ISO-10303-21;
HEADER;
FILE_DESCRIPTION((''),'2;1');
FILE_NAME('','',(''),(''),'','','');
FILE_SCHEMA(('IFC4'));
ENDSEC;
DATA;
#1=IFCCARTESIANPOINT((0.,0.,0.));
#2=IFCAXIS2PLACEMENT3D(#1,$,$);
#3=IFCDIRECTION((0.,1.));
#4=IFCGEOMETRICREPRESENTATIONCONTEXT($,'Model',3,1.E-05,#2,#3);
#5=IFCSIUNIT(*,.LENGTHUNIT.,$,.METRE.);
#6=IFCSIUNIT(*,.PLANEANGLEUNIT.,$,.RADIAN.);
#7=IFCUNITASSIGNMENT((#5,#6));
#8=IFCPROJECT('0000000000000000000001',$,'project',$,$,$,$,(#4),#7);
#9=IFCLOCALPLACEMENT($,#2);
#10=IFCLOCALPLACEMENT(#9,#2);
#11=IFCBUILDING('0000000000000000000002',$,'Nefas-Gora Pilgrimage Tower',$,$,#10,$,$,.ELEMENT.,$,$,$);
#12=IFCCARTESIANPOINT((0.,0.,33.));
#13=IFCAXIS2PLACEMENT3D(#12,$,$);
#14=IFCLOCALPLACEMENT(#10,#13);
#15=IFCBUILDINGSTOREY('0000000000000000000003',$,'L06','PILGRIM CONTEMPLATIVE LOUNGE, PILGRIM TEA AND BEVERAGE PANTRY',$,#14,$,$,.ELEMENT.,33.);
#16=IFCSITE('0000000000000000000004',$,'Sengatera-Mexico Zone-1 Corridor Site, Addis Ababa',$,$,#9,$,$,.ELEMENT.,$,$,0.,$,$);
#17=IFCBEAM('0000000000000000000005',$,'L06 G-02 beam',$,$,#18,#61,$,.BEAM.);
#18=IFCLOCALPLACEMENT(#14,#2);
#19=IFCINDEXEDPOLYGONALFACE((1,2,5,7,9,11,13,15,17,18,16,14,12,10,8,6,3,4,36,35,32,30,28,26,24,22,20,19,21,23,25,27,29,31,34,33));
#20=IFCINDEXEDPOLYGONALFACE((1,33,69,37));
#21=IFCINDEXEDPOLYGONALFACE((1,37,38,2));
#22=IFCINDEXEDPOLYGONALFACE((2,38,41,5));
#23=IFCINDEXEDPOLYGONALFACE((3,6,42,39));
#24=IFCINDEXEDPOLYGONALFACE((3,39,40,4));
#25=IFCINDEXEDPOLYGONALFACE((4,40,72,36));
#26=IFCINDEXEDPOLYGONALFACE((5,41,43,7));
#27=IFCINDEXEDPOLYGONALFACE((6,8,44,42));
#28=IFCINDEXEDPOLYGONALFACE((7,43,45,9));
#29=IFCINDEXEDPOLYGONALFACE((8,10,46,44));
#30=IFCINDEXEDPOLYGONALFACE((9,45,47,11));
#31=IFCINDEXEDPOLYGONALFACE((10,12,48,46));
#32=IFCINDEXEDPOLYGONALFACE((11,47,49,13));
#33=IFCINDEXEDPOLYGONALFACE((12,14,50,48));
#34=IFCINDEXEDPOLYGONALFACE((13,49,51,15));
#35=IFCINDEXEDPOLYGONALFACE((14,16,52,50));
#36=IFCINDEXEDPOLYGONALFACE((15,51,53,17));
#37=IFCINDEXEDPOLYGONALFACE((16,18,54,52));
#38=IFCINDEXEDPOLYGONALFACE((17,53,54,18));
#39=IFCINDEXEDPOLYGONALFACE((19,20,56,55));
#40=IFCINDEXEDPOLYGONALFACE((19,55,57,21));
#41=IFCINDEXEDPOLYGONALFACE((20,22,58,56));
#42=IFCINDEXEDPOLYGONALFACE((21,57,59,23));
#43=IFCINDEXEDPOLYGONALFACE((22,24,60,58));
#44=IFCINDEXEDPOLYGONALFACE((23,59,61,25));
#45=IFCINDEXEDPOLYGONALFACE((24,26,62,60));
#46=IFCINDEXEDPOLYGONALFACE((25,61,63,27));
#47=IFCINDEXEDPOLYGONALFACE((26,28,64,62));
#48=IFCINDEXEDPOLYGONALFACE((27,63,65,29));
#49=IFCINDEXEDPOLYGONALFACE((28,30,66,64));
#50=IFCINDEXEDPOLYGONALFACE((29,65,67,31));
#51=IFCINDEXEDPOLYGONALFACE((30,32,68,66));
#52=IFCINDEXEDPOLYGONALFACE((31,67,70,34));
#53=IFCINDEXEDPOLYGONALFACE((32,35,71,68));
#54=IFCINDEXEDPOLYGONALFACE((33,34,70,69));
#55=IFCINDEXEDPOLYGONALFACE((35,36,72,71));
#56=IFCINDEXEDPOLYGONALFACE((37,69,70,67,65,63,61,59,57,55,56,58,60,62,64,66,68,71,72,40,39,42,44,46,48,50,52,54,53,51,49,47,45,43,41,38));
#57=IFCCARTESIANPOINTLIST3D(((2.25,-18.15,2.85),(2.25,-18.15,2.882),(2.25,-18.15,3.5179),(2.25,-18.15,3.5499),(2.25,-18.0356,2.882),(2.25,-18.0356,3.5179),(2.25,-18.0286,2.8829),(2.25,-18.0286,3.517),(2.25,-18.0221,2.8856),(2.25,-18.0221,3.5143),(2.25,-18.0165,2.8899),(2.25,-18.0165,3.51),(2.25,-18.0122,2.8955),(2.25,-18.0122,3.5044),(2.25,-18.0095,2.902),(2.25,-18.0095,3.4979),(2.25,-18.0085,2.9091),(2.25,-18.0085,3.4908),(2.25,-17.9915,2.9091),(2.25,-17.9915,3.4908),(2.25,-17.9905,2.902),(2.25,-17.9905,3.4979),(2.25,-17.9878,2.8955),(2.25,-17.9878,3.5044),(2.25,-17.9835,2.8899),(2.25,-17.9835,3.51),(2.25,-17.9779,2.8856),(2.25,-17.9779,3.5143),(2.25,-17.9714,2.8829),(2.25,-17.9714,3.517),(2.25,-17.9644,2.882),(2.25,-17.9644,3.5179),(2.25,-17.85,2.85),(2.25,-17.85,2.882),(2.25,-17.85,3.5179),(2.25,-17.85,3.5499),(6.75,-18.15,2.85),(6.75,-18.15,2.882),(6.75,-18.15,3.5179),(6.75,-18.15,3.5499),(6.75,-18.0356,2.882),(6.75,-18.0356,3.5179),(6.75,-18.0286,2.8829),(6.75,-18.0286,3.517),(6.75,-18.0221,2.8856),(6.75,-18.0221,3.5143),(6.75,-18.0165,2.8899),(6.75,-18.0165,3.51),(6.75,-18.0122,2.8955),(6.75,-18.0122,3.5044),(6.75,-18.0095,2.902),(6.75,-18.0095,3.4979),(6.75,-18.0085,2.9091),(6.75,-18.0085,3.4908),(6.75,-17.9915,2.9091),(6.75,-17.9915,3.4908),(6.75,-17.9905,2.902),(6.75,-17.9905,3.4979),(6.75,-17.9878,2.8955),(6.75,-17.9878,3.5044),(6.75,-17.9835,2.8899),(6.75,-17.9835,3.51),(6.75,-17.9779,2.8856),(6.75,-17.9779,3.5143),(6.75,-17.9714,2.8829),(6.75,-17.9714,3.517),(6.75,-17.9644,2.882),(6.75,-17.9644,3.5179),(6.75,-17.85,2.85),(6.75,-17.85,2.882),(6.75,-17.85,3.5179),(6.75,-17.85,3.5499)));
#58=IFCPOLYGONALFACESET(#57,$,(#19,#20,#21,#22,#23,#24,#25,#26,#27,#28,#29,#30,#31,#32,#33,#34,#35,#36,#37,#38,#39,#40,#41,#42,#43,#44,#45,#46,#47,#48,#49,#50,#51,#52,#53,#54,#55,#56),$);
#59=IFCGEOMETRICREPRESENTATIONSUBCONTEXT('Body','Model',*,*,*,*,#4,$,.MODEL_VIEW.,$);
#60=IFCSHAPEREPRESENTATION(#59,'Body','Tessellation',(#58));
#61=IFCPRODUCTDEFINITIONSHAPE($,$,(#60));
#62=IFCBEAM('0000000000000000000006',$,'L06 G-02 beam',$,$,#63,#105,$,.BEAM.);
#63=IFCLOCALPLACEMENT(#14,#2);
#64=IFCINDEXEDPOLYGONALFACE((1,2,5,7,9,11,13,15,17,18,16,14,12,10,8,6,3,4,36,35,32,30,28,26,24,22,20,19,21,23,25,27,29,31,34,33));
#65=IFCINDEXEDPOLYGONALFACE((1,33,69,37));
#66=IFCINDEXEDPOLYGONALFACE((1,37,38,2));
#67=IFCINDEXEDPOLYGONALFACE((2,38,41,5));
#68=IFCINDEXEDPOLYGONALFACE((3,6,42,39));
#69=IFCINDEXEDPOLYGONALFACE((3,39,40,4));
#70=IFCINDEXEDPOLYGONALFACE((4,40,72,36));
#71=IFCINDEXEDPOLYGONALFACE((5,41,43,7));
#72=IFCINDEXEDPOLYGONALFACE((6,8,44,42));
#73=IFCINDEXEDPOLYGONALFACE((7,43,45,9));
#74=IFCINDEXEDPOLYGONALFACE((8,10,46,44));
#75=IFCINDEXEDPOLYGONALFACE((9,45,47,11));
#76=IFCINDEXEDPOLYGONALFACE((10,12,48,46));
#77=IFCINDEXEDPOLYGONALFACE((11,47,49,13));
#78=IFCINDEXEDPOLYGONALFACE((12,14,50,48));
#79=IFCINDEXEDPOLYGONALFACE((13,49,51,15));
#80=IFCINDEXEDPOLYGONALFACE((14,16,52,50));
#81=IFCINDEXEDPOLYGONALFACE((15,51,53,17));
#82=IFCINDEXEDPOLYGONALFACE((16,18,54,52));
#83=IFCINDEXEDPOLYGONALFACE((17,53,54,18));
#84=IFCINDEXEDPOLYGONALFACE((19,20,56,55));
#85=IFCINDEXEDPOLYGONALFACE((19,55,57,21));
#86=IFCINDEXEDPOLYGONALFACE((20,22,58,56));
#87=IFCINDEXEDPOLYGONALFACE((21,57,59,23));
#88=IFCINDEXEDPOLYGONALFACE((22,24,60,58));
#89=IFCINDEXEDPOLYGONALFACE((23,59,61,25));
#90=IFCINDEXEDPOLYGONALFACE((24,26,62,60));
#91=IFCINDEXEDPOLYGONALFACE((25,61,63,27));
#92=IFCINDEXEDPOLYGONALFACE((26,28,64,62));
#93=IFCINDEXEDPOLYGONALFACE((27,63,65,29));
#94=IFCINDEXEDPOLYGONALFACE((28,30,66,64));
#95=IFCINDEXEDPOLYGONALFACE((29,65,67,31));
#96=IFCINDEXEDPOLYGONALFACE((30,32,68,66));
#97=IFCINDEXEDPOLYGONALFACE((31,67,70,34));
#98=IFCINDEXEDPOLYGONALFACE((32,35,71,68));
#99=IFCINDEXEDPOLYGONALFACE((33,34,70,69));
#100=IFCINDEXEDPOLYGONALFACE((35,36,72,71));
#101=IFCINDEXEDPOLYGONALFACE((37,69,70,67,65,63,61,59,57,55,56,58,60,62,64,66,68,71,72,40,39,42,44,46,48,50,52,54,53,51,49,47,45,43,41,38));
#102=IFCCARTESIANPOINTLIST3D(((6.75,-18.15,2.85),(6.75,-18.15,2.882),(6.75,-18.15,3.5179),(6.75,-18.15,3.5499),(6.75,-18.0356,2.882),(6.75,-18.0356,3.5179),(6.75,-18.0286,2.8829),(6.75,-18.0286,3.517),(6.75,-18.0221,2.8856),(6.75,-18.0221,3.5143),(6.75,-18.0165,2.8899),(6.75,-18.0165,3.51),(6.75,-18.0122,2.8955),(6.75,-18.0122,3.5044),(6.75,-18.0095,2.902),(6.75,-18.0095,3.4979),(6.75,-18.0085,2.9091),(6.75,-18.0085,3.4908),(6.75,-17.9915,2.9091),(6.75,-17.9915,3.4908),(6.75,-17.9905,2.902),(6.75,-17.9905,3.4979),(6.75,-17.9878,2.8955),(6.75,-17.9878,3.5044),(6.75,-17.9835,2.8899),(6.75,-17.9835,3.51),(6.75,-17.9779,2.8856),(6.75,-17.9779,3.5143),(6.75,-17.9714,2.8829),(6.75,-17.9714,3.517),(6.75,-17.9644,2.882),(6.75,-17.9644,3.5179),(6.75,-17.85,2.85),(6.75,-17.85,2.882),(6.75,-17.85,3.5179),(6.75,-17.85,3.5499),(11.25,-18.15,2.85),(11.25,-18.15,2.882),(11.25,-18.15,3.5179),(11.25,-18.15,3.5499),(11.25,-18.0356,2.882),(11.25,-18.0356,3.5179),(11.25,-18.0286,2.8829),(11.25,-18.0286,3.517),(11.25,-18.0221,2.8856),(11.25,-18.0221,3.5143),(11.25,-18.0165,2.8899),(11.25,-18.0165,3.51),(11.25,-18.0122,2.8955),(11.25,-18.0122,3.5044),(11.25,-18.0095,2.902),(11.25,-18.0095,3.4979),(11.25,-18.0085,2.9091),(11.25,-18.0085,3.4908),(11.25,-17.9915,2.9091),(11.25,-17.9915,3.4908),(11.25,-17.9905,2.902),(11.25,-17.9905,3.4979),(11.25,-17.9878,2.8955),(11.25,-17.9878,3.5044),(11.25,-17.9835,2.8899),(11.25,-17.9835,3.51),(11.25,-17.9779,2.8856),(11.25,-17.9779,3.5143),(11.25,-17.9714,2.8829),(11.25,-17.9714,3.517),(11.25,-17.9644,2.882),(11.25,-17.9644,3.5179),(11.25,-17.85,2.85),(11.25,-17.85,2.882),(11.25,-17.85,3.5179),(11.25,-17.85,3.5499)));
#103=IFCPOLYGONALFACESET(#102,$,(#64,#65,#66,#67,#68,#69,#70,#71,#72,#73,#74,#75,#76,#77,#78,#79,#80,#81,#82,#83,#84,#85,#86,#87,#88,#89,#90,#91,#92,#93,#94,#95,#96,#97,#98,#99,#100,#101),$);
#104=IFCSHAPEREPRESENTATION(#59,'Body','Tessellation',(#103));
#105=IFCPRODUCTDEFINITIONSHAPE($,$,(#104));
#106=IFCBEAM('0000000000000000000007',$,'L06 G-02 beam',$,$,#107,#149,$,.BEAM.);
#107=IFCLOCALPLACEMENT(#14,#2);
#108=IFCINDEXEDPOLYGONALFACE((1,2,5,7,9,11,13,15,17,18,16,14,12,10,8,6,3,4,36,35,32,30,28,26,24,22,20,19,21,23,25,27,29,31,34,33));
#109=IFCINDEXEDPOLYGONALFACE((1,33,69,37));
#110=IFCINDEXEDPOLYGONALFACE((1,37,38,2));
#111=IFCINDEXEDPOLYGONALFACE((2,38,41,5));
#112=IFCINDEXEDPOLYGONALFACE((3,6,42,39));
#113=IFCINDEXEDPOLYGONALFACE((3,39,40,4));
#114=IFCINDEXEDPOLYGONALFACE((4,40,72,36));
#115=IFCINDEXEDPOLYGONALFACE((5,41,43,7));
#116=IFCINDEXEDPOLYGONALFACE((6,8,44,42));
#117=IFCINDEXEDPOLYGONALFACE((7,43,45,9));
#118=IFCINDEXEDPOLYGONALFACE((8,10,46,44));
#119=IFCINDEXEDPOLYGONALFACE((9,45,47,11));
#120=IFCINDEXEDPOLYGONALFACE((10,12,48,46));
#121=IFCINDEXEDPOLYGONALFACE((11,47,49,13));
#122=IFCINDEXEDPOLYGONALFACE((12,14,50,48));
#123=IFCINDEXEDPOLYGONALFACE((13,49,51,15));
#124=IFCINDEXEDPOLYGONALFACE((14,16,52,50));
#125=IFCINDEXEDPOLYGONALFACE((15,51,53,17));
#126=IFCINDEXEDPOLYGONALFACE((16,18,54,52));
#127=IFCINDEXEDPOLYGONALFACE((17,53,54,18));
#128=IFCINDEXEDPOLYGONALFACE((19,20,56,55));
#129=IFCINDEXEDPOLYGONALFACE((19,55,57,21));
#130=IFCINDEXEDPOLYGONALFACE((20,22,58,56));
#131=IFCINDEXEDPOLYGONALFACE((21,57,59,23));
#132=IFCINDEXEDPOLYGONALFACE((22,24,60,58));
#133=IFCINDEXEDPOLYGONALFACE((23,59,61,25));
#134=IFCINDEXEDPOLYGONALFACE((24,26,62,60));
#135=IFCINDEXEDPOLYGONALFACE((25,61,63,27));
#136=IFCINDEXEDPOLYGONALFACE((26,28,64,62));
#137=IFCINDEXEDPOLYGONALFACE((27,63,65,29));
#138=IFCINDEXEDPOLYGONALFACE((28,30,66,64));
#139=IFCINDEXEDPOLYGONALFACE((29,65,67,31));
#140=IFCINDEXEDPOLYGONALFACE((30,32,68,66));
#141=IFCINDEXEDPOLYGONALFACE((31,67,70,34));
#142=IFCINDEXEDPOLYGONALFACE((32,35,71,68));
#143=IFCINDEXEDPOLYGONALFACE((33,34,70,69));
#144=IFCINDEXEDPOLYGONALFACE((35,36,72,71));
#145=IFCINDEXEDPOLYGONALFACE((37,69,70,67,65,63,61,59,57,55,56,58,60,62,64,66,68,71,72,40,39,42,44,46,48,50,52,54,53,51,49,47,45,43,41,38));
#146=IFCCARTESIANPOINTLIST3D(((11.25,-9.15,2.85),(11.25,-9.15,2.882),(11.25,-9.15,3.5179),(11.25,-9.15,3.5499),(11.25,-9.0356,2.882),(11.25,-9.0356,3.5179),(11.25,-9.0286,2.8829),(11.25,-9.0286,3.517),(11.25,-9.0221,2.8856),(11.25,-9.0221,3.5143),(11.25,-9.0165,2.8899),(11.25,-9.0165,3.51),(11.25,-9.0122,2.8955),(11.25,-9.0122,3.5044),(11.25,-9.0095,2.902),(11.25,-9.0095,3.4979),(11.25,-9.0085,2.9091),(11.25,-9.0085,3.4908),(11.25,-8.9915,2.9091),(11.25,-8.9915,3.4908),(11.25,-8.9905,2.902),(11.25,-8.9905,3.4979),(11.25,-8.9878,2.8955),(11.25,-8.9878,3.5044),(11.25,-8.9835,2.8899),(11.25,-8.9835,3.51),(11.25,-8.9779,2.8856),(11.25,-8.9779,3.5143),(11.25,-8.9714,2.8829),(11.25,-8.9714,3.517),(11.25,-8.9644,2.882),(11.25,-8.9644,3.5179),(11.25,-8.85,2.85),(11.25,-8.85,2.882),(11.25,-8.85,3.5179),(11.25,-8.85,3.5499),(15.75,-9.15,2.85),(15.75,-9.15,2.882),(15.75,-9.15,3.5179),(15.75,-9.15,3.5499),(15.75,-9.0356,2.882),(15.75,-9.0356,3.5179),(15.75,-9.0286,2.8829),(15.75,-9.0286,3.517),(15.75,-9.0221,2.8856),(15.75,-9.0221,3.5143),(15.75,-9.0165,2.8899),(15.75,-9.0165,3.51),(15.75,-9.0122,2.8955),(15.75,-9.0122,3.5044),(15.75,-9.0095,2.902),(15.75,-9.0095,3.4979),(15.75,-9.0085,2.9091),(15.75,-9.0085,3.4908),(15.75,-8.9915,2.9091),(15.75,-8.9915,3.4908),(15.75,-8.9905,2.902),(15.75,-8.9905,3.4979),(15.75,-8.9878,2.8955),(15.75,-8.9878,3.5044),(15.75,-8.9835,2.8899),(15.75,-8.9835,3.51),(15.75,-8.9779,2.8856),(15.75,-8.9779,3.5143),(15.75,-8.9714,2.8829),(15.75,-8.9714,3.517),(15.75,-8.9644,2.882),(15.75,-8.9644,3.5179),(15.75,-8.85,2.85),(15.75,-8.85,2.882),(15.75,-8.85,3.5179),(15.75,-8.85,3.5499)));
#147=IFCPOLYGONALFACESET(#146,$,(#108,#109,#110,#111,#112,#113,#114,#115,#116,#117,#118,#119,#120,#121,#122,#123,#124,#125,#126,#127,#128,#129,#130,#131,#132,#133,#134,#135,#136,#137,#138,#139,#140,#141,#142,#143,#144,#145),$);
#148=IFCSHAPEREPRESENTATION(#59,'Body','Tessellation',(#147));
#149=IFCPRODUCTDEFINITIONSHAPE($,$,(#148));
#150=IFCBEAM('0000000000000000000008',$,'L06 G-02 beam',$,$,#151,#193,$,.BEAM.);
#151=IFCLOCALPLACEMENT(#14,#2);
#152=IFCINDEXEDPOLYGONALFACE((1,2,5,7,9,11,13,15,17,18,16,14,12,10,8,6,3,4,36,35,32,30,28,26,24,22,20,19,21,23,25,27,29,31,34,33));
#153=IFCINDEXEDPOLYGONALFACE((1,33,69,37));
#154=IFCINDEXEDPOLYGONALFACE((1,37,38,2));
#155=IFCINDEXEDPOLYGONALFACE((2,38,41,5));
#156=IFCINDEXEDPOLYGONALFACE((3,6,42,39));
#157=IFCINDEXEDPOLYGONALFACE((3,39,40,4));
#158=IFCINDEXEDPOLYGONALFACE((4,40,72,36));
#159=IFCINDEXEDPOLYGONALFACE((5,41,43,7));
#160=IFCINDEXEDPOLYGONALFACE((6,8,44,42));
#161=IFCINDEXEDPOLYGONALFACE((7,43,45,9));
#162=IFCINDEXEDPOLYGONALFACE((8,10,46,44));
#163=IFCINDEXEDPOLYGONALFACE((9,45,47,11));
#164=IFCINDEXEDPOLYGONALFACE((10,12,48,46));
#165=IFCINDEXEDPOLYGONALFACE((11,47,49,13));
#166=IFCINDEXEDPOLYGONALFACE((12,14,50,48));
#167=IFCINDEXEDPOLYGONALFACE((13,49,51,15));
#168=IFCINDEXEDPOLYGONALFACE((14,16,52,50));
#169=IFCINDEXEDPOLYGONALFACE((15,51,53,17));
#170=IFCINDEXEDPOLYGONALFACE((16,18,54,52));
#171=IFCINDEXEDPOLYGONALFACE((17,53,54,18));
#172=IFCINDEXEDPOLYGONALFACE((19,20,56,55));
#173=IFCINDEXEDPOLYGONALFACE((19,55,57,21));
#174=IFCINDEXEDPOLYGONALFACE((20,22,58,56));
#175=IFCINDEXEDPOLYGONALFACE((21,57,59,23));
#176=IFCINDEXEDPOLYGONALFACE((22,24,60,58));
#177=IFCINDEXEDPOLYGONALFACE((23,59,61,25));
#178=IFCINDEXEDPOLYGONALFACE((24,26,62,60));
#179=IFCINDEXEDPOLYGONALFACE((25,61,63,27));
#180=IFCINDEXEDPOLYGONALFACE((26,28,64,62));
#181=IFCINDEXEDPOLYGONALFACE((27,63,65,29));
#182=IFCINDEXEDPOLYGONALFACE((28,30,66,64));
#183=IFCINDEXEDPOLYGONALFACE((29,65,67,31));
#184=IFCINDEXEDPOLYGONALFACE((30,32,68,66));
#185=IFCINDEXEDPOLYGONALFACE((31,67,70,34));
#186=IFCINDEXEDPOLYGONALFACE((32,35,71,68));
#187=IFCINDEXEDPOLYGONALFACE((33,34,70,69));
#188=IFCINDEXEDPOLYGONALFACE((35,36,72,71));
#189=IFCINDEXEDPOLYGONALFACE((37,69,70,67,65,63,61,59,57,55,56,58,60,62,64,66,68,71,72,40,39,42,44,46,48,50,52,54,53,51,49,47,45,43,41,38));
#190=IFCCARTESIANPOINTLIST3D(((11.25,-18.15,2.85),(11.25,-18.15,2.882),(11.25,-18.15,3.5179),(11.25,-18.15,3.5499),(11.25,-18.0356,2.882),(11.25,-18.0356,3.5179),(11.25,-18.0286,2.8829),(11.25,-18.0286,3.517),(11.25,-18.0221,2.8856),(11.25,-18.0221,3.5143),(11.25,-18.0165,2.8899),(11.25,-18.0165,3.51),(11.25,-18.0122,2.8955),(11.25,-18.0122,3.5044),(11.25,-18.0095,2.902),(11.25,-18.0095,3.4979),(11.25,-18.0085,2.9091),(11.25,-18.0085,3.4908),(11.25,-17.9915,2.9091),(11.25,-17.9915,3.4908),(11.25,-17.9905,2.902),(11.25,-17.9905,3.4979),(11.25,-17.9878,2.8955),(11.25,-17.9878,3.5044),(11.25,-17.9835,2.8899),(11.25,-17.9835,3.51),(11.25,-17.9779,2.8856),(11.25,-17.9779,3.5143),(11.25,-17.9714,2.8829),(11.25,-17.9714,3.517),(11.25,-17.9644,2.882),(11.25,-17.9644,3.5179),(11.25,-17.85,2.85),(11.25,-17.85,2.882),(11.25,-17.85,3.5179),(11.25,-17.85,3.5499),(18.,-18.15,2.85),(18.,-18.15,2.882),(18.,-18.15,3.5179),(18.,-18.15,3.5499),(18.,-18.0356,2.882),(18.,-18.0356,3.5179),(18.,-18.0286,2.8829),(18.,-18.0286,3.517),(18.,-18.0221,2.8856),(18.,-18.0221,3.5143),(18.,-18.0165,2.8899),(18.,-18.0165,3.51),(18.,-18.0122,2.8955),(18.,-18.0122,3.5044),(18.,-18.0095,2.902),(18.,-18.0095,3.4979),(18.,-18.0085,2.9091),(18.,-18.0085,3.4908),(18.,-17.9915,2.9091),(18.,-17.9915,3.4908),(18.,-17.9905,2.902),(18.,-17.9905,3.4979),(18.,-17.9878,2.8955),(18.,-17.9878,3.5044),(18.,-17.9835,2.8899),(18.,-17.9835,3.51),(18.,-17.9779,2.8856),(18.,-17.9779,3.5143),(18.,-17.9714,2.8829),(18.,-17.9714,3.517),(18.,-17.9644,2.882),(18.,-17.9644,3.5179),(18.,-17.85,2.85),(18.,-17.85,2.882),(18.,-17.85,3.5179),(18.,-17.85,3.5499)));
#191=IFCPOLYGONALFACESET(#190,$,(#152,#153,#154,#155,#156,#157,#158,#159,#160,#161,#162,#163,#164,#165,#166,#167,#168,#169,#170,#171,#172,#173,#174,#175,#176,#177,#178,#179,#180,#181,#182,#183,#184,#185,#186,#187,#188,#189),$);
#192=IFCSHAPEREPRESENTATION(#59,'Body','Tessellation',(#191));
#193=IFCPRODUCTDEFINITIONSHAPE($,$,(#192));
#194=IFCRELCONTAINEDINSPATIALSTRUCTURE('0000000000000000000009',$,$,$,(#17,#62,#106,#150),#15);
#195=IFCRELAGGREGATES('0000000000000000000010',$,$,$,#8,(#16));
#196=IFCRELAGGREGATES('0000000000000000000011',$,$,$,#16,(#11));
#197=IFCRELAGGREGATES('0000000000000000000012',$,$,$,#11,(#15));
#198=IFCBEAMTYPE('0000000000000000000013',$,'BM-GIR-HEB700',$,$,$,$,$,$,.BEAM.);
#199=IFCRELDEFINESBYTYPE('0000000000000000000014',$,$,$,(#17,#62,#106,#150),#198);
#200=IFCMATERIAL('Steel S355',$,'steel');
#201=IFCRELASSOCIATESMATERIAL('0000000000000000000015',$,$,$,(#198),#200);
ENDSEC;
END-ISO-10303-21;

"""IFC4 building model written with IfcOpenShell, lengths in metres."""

from ifc_helpers import new_model, si_unit, direction, frame, origin, origin_2d, place, context, subcontext, project, spatial, i_section, extrude, source, transform, mapped, material, material_profile, profile_set, type_object, element, save


model = new_model("IFC4")

# Units and contexts
model_context = context("Model", 3, precision=1e-05, world=origin(), true_north=direction((0.0, 1.0)))
body_context = subcontext(model_context, "Body", "Model", "MODEL_VIEW")
ifc_project = project(units=[si_unit("LENGTHUNIT", "METRE"), si_unit("PLANEANGLEUNIT", "RADIAN")], contexts=[model_context])

# Site, building, storey
site_placement = place(None, origin())
site = spatial("IfcSite", under=ifc_project, at=site_placement, Name="Sengatera-Mexico Zone-1 Corridor Site, Addis Ababa", CompositionType="ELEMENT", RefElevation=0.0)
building_placement = place(site_placement, origin())
building = spatial("IfcBuilding", under=site, at=building_placement, Name="Nefas-Gora Pilgrimage Tower", CompositionType="ELEMENT")
storey_placement = place(building_placement, frame((0.0, 0.0, 33.0)))
storey = spatial("IfcBuildingStorey", under=building, at=storey_placement, Name="L06", Description="PILGRIM CONTEMPLATIVE LOUNGE, PILGRIM TEA AND BEVERAGE PANTRY", CompositionType="ELEMENT", Elevation=33.0)

# Beams
ifc_material_1 = material(Name="Steel S355", Category="steel")
ifc_material_profile_1 = material_profile(ifc_material_1, i_section(OverallWidth=0.3, OverallDepth=0.7, WebThickness=0.0171, FlangeThickness=0.032, FilletRadius=0.0271, at=origin_2d()), Name="HEB 700")
ifc_profile_set_1 = profile_set([ifc_material_profile_1], Name="Steel S355")
beam_type_1 = type_object("IfcBeamType", Name="BM-GIR-HEB700", PredefinedType="BEAM", material=ifc_profile_set_1)
shared_shape_1 = source(origin(), body_context, "Body", "SweptSolid", [
    extrude(i_section(OverallWidth=0.3, OverallDepth=0.7, WebThickness=0.0171, FlangeThickness=0.032, FilletRadius=0.0271, at=origin_2d()), origin(), (0.0, 0.0, 1.0), 4.5),
])
for number, where, z_axis, x_axis, name in (
    (1, (2.25, -18.0, 3.2), (1.0, 0.0, 0.0), (0.0, 1.0, 0.0), "L06 G-02 beam"),
    (2, (6.75, -18.0, 3.2), (1.0, 0.0, 0.0), (0.0, 1.0, 0.0), "L06 G-02 beam"),
    (3, (11.25, -9.0, 3.2), (1.0, 0.0, 0.0), (0.0, 1.0, 0.0), "L06 G-02 beam"),
):
    element("IfcBeam", number, at=place(storey_placement, frame(where, z_axis=z_axis, x_axis=x_axis)), inside=storey, type_object=beam_type_1, Name=name, PredefinedType="BEAM", context=body_context, shape_type="MappedRepresentation", body=[
        mapped(shared_shape_1, transform((0.0, 0.0, 0.0), x_axis=(1.0, 0.0, 0.0), y_axis=(0.0, 1.0, 0.0), z_axis=(0.0, 0.0, 1.0), scale=1.0)),
    ])
shared_shape_2 = source(origin(), body_context, "Body", "SweptSolid", [
    extrude(i_section(OverallWidth=0.3, OverallDepth=0.7, WebThickness=0.0171, FlangeThickness=0.032, FilletRadius=0.0271, at=origin_2d()), origin(), (0.0, 0.0, 1.0), 6.75),
])
beam_1_placement = place(storey_placement, frame((11.25, -18.0, 3.2), z_axis=(1.0, 0.0, 0.0), x_axis=(0.0, 1.0, 0.0)))
element("IfcBeam", 4, at=beam_1_placement, inside=storey, type_object=beam_type_1, Name="L06 G-02 beam", PredefinedType="BEAM", context=body_context, shape_type="MappedRepresentation", body=[
    mapped(shared_shape_2, transform((0.0, 0.0, 0.0), x_axis=(1.0, 0.0, 0.0), y_axis=(0.0, 1.0, 0.0), z_axis=(0.0, 0.0, 1.0), scale=1.0)),
])

save(model, "model.ifc")
